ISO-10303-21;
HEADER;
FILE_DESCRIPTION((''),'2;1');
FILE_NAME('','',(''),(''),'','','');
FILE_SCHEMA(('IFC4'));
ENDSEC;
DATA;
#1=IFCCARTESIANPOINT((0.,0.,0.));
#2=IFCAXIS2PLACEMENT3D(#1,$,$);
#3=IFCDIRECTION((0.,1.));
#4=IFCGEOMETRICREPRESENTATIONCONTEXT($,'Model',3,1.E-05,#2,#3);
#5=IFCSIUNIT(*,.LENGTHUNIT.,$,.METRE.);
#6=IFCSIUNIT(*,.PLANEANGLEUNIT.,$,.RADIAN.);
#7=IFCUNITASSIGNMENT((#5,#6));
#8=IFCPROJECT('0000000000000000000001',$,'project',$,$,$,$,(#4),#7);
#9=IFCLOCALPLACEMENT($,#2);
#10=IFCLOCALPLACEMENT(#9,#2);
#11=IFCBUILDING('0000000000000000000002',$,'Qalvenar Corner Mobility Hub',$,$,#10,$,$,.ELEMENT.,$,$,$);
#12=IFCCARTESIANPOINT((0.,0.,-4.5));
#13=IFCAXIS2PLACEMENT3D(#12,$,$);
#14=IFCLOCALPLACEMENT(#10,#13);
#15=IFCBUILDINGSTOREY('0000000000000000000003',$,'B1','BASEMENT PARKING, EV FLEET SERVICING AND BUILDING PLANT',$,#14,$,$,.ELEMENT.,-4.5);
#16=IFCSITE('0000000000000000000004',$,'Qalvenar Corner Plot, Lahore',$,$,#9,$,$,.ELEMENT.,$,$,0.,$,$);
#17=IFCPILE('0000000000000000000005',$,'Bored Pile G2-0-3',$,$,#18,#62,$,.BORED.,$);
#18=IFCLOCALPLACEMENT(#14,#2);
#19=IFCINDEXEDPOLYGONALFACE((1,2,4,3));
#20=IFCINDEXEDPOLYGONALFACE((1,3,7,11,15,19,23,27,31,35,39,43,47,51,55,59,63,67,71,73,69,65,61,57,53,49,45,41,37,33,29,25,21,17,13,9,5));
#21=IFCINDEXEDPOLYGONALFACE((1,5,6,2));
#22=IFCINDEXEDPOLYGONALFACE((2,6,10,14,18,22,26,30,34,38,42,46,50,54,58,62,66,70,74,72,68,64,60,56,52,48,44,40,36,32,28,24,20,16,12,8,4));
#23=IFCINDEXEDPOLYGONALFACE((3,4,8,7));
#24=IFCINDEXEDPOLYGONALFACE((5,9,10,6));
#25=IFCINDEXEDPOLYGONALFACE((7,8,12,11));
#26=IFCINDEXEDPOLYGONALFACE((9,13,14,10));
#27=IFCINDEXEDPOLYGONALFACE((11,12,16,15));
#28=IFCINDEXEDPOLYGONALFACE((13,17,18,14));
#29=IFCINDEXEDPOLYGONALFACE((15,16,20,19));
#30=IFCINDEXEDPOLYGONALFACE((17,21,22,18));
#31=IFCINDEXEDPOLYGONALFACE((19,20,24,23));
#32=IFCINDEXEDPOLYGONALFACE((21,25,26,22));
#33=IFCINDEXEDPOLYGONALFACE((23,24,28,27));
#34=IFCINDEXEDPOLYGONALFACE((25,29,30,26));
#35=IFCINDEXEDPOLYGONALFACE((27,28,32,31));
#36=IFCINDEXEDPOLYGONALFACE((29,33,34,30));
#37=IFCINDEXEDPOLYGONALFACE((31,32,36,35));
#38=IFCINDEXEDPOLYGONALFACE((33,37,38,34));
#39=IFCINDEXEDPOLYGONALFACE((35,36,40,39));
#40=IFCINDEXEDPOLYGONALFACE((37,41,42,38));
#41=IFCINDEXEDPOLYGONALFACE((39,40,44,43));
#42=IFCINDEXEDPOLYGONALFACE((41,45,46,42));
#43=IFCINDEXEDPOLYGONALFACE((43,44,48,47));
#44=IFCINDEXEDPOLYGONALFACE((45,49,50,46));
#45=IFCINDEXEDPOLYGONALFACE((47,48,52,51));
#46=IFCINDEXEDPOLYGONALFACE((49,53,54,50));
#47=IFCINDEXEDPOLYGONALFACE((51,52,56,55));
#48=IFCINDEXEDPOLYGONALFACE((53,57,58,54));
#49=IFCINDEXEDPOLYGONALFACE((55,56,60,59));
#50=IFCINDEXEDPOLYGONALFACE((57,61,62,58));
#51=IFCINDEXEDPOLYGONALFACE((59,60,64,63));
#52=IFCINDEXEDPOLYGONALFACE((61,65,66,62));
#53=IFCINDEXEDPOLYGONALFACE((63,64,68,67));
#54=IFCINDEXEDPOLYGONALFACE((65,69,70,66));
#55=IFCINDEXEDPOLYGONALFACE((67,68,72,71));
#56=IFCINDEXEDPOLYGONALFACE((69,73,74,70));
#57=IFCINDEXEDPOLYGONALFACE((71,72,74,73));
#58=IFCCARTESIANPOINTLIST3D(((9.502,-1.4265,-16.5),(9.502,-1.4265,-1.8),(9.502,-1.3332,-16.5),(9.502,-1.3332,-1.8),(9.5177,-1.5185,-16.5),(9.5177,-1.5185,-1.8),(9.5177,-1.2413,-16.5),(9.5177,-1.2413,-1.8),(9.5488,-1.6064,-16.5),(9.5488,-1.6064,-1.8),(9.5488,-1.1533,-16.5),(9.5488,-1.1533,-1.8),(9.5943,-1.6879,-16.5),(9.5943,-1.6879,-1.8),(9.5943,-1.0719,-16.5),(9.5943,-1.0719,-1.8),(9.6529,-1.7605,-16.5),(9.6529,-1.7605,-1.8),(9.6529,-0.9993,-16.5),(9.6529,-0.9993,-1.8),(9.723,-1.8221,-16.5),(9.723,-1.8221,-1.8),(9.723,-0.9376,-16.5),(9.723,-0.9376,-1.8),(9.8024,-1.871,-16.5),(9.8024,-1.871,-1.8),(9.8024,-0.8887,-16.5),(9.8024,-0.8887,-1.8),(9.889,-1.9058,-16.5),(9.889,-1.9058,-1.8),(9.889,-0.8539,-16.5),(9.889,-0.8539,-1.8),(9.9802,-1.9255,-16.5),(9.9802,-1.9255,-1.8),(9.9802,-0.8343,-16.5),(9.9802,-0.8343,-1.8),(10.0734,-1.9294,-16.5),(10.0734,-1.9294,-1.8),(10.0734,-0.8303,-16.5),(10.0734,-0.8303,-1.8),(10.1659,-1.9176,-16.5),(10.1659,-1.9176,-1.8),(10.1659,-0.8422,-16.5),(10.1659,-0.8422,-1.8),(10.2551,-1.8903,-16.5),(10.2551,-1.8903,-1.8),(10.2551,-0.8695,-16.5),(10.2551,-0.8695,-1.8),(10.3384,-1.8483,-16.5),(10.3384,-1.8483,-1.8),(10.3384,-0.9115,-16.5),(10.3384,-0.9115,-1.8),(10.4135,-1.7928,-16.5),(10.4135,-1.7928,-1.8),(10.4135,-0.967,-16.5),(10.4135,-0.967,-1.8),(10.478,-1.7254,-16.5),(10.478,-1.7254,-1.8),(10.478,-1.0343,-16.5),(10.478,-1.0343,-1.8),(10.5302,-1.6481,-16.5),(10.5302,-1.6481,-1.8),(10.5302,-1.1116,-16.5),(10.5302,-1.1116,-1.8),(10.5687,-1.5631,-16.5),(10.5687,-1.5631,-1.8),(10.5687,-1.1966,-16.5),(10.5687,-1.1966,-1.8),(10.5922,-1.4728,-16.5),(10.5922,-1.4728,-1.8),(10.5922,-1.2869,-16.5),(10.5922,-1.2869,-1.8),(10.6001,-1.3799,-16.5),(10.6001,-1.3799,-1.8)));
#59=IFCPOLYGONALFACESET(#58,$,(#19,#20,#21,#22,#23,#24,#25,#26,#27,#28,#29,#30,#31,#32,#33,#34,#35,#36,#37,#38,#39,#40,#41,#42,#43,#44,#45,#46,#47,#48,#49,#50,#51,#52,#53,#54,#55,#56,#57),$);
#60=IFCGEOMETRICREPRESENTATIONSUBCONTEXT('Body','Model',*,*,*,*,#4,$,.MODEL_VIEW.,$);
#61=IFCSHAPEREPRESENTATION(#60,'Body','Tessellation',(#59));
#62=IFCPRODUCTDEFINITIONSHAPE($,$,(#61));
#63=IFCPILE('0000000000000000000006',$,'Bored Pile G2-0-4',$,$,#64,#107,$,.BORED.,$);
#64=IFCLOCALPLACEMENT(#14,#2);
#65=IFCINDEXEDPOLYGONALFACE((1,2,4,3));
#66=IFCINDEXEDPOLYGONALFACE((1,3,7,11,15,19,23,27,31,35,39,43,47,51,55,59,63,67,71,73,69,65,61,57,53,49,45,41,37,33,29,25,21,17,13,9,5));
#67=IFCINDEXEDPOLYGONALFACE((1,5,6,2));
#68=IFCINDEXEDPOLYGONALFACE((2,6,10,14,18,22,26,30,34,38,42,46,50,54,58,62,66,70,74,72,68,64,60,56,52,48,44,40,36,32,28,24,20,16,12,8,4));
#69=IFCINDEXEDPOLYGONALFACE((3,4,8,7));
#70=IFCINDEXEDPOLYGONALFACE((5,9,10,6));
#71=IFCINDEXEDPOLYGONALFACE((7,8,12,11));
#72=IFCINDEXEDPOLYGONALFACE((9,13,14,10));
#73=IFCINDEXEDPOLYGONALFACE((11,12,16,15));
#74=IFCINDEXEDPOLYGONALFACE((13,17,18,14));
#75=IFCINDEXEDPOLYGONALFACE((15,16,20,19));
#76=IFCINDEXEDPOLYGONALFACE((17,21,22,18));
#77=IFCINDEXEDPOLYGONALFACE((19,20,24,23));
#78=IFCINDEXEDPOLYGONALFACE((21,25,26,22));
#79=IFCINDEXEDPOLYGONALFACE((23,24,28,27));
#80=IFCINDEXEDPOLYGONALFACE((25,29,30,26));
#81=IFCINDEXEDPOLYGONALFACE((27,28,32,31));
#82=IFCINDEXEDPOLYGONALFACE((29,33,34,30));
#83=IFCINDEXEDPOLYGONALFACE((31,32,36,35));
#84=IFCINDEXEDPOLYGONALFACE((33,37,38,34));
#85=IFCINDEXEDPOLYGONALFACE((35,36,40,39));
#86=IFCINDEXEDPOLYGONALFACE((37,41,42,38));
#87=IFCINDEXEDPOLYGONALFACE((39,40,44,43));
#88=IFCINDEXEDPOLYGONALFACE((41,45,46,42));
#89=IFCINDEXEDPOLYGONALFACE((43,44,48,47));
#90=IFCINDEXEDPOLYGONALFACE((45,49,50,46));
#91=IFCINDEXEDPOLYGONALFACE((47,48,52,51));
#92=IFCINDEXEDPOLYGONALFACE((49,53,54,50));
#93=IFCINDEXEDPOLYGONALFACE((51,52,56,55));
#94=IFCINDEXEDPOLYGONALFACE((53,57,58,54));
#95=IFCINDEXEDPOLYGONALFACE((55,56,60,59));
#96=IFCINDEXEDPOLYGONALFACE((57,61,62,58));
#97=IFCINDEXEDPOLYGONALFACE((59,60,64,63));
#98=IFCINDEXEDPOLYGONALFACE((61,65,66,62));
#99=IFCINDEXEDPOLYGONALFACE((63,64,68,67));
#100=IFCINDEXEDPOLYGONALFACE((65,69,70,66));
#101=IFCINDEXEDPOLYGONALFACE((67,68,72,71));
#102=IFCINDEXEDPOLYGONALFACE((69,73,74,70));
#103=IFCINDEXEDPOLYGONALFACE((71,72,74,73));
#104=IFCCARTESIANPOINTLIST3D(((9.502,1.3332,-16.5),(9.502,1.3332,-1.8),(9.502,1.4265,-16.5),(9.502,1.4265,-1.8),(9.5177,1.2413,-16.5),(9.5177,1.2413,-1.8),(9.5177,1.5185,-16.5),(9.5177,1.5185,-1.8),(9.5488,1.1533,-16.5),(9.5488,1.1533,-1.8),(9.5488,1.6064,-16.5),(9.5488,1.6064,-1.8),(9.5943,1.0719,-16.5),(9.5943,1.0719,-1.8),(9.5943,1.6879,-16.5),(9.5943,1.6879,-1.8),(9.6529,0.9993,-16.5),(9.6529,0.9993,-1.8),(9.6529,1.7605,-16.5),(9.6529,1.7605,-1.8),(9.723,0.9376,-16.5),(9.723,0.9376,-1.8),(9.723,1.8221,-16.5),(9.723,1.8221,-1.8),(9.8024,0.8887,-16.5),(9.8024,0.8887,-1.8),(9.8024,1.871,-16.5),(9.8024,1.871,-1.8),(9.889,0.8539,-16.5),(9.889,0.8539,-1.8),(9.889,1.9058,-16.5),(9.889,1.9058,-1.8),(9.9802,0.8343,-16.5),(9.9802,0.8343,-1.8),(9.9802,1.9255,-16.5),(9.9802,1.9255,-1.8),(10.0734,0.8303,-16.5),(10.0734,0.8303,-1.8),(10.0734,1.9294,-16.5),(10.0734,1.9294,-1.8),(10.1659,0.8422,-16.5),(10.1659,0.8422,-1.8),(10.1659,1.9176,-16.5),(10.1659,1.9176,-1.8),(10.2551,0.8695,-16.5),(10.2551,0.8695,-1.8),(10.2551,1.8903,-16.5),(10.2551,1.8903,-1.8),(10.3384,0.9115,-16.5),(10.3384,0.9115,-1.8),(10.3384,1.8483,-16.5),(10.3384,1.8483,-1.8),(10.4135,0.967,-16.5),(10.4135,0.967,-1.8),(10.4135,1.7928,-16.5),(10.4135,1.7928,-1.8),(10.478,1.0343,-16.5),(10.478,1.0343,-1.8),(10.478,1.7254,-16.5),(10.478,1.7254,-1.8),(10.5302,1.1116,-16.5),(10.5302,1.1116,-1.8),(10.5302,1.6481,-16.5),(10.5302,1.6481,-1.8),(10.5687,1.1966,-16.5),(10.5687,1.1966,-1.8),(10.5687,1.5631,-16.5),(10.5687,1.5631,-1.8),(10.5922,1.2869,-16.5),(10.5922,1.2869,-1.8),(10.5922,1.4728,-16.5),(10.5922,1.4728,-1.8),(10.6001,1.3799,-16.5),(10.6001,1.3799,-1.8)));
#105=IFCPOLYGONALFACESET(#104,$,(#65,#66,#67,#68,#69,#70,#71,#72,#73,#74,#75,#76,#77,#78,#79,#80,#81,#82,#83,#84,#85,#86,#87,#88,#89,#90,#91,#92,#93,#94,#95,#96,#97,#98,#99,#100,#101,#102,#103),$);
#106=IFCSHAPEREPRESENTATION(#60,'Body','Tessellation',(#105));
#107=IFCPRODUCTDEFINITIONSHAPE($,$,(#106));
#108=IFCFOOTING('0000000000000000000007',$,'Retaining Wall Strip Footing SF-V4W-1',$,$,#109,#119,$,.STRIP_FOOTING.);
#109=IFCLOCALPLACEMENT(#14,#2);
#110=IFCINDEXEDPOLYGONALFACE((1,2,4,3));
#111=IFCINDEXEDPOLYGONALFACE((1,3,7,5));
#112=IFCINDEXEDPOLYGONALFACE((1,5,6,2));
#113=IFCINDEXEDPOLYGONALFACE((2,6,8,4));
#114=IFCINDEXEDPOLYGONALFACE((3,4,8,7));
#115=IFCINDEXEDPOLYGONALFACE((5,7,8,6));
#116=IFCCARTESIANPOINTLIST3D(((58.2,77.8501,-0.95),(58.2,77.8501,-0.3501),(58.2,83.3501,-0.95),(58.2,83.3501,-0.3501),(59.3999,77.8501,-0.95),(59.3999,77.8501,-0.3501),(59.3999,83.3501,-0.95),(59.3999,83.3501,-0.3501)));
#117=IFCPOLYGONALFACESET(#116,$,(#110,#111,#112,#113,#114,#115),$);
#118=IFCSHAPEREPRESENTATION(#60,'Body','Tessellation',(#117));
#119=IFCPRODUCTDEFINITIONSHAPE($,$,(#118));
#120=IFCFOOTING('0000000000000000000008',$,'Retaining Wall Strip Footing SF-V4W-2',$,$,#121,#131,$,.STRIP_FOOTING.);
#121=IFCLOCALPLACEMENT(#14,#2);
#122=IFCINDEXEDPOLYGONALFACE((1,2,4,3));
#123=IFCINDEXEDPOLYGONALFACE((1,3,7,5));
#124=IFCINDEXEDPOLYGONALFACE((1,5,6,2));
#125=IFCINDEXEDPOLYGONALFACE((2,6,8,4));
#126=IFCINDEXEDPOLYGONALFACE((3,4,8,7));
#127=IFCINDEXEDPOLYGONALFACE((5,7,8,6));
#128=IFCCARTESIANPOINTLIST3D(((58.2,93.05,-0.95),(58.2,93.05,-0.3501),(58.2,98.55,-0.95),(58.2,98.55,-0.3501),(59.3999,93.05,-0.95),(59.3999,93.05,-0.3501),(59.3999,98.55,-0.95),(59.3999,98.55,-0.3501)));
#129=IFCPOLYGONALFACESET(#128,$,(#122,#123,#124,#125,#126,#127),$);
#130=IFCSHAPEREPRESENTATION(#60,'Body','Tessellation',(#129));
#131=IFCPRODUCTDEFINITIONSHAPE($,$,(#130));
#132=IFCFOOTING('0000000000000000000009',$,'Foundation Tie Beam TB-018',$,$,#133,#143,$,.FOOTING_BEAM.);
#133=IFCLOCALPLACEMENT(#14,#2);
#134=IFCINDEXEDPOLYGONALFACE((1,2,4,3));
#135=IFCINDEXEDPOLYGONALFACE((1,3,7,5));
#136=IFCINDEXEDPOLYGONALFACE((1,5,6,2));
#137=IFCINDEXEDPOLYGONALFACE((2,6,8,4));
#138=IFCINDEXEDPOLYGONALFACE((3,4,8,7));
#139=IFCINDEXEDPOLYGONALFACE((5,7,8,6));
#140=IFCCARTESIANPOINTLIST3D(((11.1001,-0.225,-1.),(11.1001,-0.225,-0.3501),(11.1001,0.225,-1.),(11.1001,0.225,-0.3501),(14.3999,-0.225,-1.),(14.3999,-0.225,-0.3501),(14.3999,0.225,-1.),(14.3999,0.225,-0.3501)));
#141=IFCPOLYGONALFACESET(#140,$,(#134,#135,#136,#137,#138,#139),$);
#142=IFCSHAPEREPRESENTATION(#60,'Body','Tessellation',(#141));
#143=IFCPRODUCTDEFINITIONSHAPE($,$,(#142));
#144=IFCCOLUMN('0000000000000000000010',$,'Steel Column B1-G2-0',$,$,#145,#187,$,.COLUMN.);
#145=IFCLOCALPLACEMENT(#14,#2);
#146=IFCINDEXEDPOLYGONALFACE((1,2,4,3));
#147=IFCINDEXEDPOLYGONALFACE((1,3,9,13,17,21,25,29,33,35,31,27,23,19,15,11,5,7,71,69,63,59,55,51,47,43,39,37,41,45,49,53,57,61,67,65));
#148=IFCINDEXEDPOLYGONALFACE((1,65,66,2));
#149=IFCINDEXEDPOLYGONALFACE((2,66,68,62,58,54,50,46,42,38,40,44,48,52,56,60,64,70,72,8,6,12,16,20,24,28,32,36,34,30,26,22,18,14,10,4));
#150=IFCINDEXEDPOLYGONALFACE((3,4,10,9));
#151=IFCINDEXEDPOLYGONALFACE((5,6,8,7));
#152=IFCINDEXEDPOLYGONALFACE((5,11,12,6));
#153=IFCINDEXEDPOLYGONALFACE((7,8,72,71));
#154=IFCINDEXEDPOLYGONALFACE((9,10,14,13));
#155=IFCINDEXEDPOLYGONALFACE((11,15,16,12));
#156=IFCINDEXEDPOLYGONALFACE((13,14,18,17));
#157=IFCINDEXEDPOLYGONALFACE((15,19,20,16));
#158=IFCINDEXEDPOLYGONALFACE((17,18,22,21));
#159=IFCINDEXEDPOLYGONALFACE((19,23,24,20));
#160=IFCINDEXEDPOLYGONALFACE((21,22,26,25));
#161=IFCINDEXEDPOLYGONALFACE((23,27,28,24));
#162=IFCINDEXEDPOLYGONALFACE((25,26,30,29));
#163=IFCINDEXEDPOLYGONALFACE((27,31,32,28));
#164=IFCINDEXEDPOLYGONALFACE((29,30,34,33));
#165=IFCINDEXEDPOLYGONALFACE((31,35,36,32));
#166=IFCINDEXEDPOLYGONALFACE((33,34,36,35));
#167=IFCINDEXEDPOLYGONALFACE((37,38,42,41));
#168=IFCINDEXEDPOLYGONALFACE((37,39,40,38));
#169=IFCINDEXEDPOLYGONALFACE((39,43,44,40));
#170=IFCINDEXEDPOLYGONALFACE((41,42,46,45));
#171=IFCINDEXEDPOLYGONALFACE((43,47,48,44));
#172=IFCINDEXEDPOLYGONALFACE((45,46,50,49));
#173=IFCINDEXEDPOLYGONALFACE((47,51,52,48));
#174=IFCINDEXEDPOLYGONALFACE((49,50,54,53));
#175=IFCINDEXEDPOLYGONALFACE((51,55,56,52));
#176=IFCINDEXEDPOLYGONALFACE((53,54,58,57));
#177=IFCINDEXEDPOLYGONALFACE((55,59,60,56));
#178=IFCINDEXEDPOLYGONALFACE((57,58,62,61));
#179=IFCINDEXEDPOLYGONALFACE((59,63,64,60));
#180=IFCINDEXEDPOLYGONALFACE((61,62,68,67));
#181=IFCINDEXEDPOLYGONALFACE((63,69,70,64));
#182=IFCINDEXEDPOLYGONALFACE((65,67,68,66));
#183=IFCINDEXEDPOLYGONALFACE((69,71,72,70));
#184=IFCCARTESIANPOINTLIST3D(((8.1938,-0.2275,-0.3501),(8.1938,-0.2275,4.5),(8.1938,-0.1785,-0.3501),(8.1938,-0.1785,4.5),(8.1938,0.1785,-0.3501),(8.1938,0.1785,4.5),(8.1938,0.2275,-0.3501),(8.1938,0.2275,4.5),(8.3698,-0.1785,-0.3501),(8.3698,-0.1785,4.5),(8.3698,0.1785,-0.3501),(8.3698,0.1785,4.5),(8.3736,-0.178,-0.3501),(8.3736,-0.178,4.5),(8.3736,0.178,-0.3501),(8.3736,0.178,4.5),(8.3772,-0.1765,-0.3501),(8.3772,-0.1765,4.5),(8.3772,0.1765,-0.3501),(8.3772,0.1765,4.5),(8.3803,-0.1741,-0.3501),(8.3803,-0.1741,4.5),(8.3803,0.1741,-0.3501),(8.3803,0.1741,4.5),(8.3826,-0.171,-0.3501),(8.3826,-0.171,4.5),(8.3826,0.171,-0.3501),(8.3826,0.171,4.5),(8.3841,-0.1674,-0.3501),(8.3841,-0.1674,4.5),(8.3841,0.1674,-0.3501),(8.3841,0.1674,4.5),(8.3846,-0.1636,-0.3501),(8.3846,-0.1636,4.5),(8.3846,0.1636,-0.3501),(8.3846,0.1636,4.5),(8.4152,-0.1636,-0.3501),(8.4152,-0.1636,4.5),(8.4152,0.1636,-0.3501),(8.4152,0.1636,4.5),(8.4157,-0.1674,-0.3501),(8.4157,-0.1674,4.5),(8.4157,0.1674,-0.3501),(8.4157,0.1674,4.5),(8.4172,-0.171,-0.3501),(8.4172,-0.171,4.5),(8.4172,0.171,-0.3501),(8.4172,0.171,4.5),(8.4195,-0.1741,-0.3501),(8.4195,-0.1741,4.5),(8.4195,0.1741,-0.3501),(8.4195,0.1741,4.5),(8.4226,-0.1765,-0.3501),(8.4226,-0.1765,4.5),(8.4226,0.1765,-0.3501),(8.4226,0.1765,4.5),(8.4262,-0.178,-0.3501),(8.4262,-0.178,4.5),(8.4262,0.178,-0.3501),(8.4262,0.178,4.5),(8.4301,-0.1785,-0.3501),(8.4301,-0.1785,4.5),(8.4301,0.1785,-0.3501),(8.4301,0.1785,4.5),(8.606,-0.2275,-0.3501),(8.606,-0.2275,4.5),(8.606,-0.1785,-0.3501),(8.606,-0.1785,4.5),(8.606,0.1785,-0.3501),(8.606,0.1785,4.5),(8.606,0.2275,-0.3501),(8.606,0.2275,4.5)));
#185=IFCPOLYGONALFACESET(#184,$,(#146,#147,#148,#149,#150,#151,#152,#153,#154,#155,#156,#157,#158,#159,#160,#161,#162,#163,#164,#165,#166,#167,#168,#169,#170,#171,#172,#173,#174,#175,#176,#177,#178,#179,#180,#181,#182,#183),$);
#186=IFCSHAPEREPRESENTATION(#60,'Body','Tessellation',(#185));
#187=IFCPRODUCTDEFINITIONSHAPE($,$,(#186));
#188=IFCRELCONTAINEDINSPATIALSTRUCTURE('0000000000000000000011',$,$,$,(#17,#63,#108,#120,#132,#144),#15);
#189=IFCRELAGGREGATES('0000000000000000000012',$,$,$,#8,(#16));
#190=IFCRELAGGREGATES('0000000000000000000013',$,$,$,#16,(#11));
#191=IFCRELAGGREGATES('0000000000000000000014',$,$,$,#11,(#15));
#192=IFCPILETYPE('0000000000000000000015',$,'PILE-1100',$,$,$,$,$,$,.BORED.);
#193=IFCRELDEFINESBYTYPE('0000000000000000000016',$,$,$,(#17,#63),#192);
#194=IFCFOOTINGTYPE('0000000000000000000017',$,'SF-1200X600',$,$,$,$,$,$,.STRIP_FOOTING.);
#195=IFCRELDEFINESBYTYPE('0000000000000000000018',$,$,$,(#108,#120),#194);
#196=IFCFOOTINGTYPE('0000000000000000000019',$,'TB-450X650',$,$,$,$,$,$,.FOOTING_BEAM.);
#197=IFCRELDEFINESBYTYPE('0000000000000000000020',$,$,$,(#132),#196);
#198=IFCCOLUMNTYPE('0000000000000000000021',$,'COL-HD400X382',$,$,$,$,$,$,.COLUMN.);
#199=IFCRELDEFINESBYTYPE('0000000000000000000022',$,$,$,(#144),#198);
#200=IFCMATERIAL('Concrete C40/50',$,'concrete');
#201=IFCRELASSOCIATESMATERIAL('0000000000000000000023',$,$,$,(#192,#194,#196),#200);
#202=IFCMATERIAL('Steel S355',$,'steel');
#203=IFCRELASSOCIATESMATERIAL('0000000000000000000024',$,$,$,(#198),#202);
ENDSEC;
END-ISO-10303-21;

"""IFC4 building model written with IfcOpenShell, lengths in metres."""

from ifc_helpers import new_model, si_unit, direction, frame, origin, origin_2d, place, context, subcontext, project, spatial, polyline, rectangle, circle, i_section, outline, extrude, material, material_profile, profile_set, type_object, element, save


model = new_model("IFC4")

# Units and contexts
model_context = context("Model", 3, precision=1e-05, world=origin(), true_north=direction((0.0, 1.0)))
body_context = subcontext(model_context, "Body", "Model", "MODEL_VIEW")
ifc_project = project(units=[si_unit("LENGTHUNIT", "METRE"), si_unit("PLANEANGLEUNIT", "RADIAN")], contexts=[model_context])

# Site, building, storey
site_placement = place(None, origin())
site = spatial("IfcSite", under=ifc_project, at=site_placement, Name="Qalvenar Corner Plot, Lahore", CompositionType="ELEMENT", RefElevation=0.0)
building_placement = place(site_placement, origin())
building = spatial("IfcBuilding", under=site, at=building_placement, Name="Qalvenar Corner Mobility Hub", CompositionType="ELEMENT")
storey_placement = place(building_placement, frame((0.0, 0.0, -4.5)))
storey = spatial("IfcBuildingStorey", under=building, at=storey_placement, Name="B1", Description="BASEMENT PARKING, EV FLEET SERVICING AND BUILDING PLANT", CompositionType="ELEMENT", Elevation=-4.5)

# Shared definitions
ifc_material_1 = material(Name="Concrete C40/50", Category="concrete")

# Piles
ifc_material_profile_1 = material_profile(ifc_material_1, circle(Radius=0.55, at=origin_2d()), Name="DIA1100")
ifc_profile_set_1 = profile_set([ifc_material_profile_1], Name="Concrete C40/50")
pile_type = type_object("IfcPileType", Name="PILE-1100", PredefinedType="BORED", material=ifc_profile_set_1)
for number, where, z_axis, x_axis, name in (
    (1, (10.05, -1.3799, -1.8), (0.0, 0.0, -1.0), (1.0, 0.0, 0.0), "Bored Pile G2-0-3"),
    (2, (10.05, 1.3799, -1.8), (0.0, 0.0, -1.0), (1.0, 0.0, 0.0), "Bored Pile G2-0-4"),
):
    element("IfcPile", number, at=place(storey_placement, frame(where, z_axis=z_axis, x_axis=x_axis)), inside=storey, type_object=pile_type, Name=name, PredefinedType="BORED", context=body_context, shape_type="SweptSolid", body=[
        extrude(circle(Radius=0.55, at=origin_2d()), origin(), (0.0, 0.0, 1.0), 14.7),
    ])

# Footings
ifc_material_profile_2 = material_profile(ifc_material_1, rectangle(XDim=1.2, YDim=0.6001, at=origin_2d()), Name="RC1200x600")
ifc_profile_set_2 = profile_set([ifc_material_profile_2], Name="Concrete C40/50")
footing_type_1 = type_object("IfcFootingType", Name="SF-1200X600", PredefinedType="STRIP_FOOTING", material=ifc_profile_set_2)
footing_1_placement = place(storey_placement, frame((0.0, 0.0, -0.95)))
element("IfcFooting", 3, at=footing_1_placement, inside=storey, type_object=footing_type_1, Name="Retaining Wall Strip Footing SF-V4W-1", PredefinedType="STRIP_FOOTING", context=body_context, shape_type="SweptSolid", body=[
    extrude(outline(polyline([(58.2, 77.8501), (59.3999, 77.8501), (59.3999, 83.3501), (58.2, 83.3501), (58.2, 77.8501)])), origin(), (0.0, 0.0, 1.0), 0.5999),
])
footing_2_placement = place(storey_placement, frame((0.0, 0.0, -0.95)))
element("IfcFooting", 4, at=footing_2_placement, inside=storey, type_object=footing_type_1, Name="Retaining Wall Strip Footing SF-V4W-2", PredefinedType="STRIP_FOOTING", context=body_context, shape_type="SweptSolid", body=[
    extrude(outline(polyline([(58.2, 93.05), (59.3999, 93.05), (59.3999, 98.55), (58.2, 98.55), (58.2, 93.05)])), origin(), (0.0, 0.0, 1.0), 0.5999),
])
ifc_material_profile_3 = material_profile(ifc_material_1, rectangle(XDim=0.45, YDim=0.6499, at=origin_2d()), Name="RC450x650")
ifc_profile_set_3 = profile_set([ifc_material_profile_3], Name="Concrete C40/50")
footing_type_2 = type_object("IfcFootingType", Name="TB-450X650", PredefinedType="FOOTING_BEAM", material=ifc_profile_set_3)
footing_3_placement = place(storey_placement, frame((11.1001, 0.0, -0.675), z_axis=(1.0, 0.0, 0.0), x_axis=(0.0, 1.0, 0.0)))
element("IfcFooting", 5, at=footing_3_placement, inside=storey, type_object=footing_type_2, Name="Foundation Tie Beam TB-018", PredefinedType="FOOTING_BEAM", context=body_context, shape_type="SweptSolid", body=[
    extrude(rectangle(XDim=0.45, YDim=0.6499, at=origin_2d()), origin(), (0.0, 0.0, 1.0), 3.2998),
])

# Column
ifc_material_2 = material(Name="Steel S355", Category="steel")
ifc_material_profile_4 = material_profile(ifc_material_2, i_section(OverallWidth=0.4121, OverallDepth=0.4551, WebThickness=0.0305, FlangeThickness=0.0491, FilletRadius=0.0149, at=origin_2d()), Name="HD400x421")
ifc_profile_set_4 = profile_set([ifc_material_profile_4], Name="Steel S355")
column_type = type_object("IfcColumnType", Name="COL-HD400X382", PredefinedType="COLUMN", material=ifc_profile_set_4)
for number, where, z_axis, x_axis, name in (
    (6, (8.3999, 0.0, -0.3501), (0.0, 0.0, 1.0), (1.0, 0.0, 0.0), "Steel Column B1-G2-0"),
):
    element("IfcColumn", number, at=place(storey_placement, frame(where, z_axis=z_axis, x_axis=x_axis)), inside=storey, type_object=column_type, Name=name, PredefinedType="COLUMN", context=body_context, shape_type="SweptSolid", body=[
        extrude(i_section(OverallWidth=0.4121, OverallDepth=0.4551, WebThickness=0.0305, FlangeThickness=0.0491, FilletRadius=0.0149, at=origin_2d()), origin(), (0.0, 0.0, 1.0), 4.8501),
    ])

save(model, "model.ifc")
